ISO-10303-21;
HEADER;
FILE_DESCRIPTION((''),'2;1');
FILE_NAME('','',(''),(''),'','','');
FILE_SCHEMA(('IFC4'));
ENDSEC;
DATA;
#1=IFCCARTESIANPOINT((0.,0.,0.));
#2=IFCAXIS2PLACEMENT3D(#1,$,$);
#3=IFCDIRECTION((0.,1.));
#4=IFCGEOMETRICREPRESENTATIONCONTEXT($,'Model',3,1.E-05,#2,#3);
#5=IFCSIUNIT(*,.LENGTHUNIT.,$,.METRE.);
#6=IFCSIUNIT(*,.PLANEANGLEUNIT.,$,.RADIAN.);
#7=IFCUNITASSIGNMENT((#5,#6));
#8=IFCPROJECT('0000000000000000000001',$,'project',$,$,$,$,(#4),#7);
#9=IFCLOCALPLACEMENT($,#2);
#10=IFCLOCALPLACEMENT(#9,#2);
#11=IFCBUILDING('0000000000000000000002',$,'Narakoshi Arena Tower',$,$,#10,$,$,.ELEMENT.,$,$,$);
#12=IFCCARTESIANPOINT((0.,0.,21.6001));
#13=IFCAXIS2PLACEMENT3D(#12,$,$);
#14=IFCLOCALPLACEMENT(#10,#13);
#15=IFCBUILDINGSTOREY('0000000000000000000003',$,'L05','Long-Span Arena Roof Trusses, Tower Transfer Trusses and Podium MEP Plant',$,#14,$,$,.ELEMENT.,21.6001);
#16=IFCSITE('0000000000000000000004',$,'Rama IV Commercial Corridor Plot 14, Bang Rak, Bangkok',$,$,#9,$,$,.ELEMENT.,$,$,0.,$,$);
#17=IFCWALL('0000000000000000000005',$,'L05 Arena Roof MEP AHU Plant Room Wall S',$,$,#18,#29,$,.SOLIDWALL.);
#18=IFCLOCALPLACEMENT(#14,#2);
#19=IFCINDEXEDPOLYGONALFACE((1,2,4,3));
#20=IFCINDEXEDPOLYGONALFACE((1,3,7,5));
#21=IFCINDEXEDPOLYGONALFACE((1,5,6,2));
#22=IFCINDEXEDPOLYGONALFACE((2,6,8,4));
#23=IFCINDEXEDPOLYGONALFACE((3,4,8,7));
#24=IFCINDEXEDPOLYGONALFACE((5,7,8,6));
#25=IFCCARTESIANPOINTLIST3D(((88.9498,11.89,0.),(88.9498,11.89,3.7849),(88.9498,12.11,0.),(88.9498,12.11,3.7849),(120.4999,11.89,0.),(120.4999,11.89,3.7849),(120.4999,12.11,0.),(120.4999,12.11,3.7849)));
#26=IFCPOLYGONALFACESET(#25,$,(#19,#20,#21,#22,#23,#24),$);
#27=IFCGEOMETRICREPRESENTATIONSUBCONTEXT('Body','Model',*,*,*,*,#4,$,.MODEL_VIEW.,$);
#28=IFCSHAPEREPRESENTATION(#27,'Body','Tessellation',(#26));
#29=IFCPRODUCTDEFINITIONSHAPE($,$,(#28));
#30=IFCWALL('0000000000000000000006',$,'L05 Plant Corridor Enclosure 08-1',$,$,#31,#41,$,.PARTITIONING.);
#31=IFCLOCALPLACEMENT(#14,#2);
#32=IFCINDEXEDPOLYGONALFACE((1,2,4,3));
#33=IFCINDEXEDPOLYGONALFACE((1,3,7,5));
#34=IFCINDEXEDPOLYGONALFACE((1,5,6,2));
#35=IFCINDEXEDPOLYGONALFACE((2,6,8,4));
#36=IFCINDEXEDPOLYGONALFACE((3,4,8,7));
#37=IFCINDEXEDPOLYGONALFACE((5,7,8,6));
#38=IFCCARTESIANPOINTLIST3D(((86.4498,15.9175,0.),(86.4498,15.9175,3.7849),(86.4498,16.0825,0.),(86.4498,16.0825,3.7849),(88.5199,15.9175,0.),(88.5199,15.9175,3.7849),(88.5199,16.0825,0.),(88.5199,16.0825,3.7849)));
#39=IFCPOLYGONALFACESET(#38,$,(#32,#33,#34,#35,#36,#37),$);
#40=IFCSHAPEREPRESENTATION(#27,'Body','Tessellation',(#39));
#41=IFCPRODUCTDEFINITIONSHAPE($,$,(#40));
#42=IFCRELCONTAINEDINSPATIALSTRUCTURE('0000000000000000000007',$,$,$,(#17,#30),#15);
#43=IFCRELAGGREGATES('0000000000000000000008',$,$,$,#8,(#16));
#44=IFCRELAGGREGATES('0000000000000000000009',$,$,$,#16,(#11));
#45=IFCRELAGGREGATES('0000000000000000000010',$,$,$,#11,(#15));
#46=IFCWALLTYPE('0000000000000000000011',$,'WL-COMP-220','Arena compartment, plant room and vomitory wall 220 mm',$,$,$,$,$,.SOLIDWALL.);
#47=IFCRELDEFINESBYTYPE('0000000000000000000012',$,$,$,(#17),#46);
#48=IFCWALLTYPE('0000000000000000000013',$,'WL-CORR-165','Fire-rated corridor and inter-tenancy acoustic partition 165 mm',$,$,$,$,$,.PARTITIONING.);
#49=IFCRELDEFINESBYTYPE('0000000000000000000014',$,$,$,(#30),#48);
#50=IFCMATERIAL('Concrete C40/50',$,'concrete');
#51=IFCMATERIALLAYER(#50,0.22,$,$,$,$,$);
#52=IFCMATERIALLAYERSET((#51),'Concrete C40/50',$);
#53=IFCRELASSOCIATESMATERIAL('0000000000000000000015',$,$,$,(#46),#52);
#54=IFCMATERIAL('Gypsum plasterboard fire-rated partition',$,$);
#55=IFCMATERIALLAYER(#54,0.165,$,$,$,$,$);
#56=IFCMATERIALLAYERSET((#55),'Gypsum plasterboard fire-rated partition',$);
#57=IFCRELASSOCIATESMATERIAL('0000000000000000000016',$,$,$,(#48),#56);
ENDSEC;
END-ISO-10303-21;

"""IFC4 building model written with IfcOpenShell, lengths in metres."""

from ifc_helpers import new_model, si_unit, direction, frame, frame_2d, origin, place, context, subcontext, project, spatial, rectangle, extrude, material, layer, layer_set, type_object, element, save


model = new_model("IFC4")

# Units and contexts
model_context = context("Model", 3, precision=1e-05, world=origin(), true_north=direction((0.0, 1.0)))
body_context = subcontext(model_context, "Body", "Model", "MODEL_VIEW")
ifc_project = project(units=[si_unit("LENGTHUNIT", "METRE"), si_unit("PLANEANGLEUNIT", "RADIAN")], contexts=[model_context])

# Site, building, storey
site_placement = place(None, origin())
site = spatial("IfcSite", under=ifc_project, at=site_placement, Name="Rama IV Commercial Corridor Plot 14, Bang Rak, Bangkok", CompositionType="ELEMENT", RefElevation=0.0)
building_placement = place(site_placement, origin())
building = spatial("IfcBuilding", under=site, at=building_placement, Name="Narakoshi Arena Tower", CompositionType="ELEMENT")
storey_placement = place(building_placement, frame((0.0, 0.0, 21.6001)))
storey = spatial("IfcBuildingStorey", under=building, at=storey_placement, Name="L05", Description="Long-Span Arena Roof Trusses, Tower Transfer Trusses and Podium MEP Plant", CompositionType="ELEMENT", Elevation=21.6001)

# Walls
ifc_material_1 = material(Name="Concrete C40/50", Category="concrete")
ifc_layer_1 = layer(ifc_material_1, 0.22)
ifc_layer_set_1 = layer_set([ifc_layer_1], Name="Concrete C40/50")
wall_type_1 = type_object("IfcWallType", Name="WL-COMP-220", Description="Arena compartment, plant room and vomitory wall 220 mm", PredefinedType="SOLIDWALL", material=ifc_layer_set_1)
wall_1_placement = place(storey_placement, frame((88.95, 12.0, 0.0), z_axis=(0.0, 0.0, 1.0), x_axis=(1.0, 0.0, 0.0)))
element("IfcWall", 1, at=wall_1_placement, inside=storey, type_object=wall_type_1, Name="L05 Arena Roof MEP AHU Plant Room Wall S", PredefinedType="SOLIDWALL", context=body_context, shape_type="SweptSolid", body=[
    extrude(rectangle(XDim=31.55, YDim=0.22, at=frame_2d((15.7749, 0.0))), origin(), (0.0, 0.0, 1.0), 3.7849),
])
ifc_material_2 = material(Name="Gypsum plasterboard fire-rated partition")
ifc_layer_2 = layer(ifc_material_2, 0.165)
ifc_layer_set_2 = layer_set([ifc_layer_2], Name="Gypsum plasterboard fire-rated partition")
wall_type_2 = type_object("IfcWallType", Name="WL-CORR-165", Description="Fire-rated corridor and inter-tenancy acoustic partition 165 mm", PredefinedType="PARTITIONING", material=ifc_layer_set_2)
wall_2_placement = place(storey_placement, frame((88.52, 16.0, 0.0), z_axis=(0.0, 0.0, 1.0), x_axis=(-1.0, 0.0, 0.0)))
element("IfcWall", 2, at=wall_2_placement, inside=storey, type_object=wall_type_2, Name="L05 Plant Corridor Enclosure 08-1", PredefinedType="PARTITIONING", context=body_context, shape_type="SweptSolid", body=[
    extrude(rectangle(XDim=2.0701, YDim=0.165, at=frame_2d((1.0352, 0.0))), origin(), (0.0, 0.0, 1.0), 3.7849),
])

save(model, "model.ifc")
